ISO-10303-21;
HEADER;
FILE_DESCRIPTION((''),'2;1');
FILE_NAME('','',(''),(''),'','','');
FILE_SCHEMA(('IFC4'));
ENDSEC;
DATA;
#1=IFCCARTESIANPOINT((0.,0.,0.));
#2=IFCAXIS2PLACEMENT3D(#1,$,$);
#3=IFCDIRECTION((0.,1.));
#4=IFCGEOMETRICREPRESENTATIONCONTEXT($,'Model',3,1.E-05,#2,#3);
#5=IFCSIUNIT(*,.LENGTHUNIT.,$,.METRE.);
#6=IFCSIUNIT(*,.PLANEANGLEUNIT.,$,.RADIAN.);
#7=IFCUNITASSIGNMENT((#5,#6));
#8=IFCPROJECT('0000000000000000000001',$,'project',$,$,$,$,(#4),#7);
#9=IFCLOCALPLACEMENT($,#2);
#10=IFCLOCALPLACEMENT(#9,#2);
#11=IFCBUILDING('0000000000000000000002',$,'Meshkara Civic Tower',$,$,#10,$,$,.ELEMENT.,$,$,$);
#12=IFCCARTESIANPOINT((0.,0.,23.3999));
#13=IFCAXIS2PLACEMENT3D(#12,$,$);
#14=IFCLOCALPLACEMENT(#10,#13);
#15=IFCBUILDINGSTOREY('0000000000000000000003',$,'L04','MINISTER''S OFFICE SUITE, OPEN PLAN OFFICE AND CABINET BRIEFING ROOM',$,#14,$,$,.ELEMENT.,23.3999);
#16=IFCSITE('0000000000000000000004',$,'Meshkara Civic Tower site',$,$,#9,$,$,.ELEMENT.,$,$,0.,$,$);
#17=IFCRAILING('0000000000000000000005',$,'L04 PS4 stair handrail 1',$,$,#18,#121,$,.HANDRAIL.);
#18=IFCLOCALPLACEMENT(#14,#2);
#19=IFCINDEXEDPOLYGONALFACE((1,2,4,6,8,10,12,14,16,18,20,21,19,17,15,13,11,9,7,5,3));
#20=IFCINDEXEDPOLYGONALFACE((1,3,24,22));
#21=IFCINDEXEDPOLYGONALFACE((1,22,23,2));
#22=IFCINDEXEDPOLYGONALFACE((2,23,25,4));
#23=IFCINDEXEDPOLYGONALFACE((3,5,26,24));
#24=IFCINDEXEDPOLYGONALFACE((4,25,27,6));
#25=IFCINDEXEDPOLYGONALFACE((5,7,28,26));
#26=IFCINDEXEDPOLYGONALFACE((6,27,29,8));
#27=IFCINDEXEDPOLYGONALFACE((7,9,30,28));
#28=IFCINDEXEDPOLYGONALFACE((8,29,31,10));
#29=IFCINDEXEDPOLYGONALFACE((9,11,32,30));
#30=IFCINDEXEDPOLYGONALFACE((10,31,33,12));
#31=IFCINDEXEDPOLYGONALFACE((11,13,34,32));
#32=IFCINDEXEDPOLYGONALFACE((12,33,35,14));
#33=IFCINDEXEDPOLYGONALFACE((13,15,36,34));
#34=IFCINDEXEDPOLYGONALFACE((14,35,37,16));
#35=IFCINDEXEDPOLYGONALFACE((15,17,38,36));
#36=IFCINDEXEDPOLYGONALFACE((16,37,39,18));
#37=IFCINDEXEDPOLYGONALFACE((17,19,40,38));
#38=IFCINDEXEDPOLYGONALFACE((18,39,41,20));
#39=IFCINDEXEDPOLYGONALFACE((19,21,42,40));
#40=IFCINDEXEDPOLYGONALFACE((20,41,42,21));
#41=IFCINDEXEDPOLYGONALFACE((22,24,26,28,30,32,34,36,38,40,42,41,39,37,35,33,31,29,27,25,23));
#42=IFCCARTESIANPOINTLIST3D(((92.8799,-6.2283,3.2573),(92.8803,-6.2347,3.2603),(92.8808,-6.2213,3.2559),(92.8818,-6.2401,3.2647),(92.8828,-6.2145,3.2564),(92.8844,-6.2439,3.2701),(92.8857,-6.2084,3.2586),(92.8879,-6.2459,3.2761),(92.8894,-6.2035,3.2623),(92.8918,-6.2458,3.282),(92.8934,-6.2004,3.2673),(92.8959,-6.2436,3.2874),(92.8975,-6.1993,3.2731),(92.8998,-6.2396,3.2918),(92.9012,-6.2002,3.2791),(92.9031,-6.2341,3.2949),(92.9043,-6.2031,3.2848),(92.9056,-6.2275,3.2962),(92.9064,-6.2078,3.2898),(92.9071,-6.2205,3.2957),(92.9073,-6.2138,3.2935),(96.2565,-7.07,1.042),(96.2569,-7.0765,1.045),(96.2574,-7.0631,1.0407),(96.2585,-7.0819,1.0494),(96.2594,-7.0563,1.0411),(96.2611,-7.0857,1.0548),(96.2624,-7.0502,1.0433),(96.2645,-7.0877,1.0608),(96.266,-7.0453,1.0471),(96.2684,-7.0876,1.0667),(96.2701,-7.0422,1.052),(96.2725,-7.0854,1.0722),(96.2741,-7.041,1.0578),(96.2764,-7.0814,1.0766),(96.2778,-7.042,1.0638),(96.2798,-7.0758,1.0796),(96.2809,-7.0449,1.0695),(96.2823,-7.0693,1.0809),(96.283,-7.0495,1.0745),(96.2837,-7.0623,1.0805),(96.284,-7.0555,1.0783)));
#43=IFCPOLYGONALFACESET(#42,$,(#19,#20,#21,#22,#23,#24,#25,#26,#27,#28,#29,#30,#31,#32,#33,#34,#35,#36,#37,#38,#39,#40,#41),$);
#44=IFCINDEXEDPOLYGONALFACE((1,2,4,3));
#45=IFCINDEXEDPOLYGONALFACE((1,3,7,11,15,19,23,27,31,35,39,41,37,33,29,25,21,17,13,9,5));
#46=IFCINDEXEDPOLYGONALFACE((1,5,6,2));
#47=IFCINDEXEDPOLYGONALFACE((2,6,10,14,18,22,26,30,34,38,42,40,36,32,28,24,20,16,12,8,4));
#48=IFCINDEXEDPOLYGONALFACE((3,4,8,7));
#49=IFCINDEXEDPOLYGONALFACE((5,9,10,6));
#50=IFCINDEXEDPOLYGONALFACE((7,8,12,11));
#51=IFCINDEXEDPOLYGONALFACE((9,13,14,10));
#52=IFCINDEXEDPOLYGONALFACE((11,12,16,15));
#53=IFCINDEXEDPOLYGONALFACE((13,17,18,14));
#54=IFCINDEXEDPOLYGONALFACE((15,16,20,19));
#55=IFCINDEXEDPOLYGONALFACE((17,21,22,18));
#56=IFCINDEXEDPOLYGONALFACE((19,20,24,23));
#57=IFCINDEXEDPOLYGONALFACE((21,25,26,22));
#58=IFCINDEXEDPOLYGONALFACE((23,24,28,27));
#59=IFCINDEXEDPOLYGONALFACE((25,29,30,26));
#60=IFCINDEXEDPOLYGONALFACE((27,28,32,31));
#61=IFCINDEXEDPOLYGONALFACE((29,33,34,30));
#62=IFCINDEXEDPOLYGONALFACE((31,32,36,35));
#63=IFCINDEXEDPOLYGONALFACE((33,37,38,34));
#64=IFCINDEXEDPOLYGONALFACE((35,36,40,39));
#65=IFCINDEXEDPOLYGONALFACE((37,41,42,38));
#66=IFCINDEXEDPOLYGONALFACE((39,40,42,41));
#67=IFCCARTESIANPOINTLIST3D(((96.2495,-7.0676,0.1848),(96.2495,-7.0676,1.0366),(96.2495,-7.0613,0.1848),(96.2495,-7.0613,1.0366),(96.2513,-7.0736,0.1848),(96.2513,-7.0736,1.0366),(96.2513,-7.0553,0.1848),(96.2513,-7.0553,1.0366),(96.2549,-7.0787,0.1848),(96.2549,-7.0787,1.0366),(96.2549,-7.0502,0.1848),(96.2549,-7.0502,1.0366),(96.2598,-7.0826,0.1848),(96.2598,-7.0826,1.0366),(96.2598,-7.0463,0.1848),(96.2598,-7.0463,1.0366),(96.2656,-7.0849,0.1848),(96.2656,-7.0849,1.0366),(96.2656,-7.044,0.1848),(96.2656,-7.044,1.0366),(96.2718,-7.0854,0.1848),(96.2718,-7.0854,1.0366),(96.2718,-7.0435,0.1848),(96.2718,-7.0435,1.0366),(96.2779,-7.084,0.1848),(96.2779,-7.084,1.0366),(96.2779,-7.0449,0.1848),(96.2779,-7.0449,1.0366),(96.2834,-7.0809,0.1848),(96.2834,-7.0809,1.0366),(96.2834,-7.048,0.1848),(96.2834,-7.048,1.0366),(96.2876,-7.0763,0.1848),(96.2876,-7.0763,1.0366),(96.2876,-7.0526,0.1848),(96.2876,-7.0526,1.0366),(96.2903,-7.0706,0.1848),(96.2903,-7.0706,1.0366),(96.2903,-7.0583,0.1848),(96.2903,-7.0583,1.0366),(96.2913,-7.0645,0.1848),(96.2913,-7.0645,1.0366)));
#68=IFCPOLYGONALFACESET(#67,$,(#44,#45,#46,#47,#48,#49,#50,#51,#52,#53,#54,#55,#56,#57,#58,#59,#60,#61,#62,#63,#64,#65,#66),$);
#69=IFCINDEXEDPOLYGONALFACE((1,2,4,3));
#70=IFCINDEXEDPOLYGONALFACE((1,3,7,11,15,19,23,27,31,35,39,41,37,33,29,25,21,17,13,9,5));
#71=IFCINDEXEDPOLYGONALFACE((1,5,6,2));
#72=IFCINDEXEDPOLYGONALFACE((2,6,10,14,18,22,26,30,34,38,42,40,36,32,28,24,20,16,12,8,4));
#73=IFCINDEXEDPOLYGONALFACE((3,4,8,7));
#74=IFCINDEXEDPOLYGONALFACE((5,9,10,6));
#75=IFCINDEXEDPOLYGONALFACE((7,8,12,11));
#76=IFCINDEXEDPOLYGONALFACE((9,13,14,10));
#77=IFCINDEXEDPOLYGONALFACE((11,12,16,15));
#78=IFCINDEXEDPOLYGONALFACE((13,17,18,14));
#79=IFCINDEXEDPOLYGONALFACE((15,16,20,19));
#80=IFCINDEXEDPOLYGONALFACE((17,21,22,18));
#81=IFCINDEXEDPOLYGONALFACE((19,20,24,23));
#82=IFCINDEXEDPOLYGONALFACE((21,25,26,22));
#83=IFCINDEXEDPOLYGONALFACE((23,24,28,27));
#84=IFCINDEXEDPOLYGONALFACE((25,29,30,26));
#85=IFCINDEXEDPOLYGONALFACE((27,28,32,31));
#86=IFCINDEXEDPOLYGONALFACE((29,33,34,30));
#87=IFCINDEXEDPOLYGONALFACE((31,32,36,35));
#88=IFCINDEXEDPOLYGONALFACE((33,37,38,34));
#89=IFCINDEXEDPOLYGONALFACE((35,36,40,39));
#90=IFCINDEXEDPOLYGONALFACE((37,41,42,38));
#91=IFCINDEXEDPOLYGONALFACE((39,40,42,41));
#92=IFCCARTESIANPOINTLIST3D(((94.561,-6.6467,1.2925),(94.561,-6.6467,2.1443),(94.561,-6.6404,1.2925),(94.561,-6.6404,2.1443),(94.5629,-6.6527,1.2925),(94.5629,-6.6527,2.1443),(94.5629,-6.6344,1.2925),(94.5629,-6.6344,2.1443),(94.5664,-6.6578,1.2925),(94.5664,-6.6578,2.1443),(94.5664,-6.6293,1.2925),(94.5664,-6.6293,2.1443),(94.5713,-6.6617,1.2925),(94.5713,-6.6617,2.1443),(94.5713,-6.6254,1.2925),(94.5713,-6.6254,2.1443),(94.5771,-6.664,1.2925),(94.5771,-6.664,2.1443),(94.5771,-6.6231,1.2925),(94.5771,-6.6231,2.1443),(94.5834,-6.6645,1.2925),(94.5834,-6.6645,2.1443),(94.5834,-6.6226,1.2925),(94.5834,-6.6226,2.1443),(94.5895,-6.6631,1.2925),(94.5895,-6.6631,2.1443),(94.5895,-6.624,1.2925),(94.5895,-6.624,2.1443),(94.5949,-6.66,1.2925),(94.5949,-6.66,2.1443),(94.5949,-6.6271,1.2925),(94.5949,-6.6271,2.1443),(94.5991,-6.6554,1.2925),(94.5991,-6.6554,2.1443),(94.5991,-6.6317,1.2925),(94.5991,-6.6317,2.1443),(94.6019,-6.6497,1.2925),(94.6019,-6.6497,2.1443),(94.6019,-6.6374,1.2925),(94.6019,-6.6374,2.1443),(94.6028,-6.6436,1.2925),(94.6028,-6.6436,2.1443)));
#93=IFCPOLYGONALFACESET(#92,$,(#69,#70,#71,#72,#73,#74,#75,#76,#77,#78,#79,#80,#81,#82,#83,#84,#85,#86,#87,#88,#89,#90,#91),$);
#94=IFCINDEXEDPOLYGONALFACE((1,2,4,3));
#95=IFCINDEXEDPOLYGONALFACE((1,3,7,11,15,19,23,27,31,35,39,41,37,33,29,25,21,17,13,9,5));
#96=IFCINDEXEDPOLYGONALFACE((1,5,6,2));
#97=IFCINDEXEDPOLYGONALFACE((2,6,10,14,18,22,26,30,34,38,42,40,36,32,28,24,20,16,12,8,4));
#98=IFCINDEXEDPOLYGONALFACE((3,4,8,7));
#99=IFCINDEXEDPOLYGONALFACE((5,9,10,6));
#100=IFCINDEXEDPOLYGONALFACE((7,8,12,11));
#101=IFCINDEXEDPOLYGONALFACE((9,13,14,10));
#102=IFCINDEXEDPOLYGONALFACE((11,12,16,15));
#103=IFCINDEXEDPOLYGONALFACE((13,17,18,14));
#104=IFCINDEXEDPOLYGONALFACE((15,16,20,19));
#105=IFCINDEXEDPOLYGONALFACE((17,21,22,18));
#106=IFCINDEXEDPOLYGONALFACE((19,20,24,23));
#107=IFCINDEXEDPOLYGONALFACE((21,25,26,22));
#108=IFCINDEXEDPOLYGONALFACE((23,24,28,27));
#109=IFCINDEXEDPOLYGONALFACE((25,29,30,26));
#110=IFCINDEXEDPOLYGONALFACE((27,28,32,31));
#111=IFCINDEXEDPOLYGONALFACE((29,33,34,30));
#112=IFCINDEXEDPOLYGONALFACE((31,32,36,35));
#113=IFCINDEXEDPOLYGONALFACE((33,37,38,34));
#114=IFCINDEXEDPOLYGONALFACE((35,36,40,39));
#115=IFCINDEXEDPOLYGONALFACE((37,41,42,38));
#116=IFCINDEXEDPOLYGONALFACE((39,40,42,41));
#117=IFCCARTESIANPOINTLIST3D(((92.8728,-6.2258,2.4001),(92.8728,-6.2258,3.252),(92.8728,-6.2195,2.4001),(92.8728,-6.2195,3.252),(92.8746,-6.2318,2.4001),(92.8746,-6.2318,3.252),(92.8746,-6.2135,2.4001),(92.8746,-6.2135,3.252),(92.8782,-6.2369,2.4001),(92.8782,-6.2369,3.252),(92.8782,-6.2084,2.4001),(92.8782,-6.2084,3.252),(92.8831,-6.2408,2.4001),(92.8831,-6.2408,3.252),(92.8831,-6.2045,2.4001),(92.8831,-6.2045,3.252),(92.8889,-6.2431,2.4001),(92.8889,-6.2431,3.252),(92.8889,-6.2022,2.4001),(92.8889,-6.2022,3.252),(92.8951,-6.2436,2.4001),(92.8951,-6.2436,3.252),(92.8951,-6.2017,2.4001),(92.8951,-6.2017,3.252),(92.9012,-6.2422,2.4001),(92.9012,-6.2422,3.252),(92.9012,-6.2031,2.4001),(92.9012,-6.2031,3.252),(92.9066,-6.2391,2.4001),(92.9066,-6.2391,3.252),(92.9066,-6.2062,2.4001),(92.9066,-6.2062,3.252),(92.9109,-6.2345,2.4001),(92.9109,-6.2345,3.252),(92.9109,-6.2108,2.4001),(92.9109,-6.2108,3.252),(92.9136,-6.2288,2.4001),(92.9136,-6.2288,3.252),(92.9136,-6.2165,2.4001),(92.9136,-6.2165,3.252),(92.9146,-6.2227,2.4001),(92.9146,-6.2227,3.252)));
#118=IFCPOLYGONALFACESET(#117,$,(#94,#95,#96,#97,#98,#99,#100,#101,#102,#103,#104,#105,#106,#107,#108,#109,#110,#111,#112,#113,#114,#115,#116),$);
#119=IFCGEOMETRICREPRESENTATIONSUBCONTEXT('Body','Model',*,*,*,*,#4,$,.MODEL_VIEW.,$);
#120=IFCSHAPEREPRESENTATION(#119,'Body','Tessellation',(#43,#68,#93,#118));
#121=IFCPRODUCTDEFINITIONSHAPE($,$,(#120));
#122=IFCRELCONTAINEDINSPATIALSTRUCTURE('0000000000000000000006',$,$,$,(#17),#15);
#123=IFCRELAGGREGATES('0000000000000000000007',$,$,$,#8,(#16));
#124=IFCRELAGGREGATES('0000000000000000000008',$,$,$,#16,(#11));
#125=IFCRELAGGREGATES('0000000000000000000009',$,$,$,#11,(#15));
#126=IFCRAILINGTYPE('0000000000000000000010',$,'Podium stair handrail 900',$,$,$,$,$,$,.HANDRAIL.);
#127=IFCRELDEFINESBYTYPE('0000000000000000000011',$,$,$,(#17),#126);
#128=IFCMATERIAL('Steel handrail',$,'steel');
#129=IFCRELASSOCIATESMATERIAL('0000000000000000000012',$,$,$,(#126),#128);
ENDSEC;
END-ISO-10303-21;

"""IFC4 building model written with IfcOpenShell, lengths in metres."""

from ifc_helpers import new_model, si_unit, direction, frame, origin, origin_2d, place, context, subcontext, project, spatial, circle, extrude, material, type_object, element, save


model = new_model("IFC4")

# Units and contexts
model_context = context("Model", 3, precision=1e-05, world=origin(), true_north=direction((0.0, 1.0)))
body_context = subcontext(model_context, "Body", "Model", "MODEL_VIEW")
ifc_project = project(units=[si_unit("LENGTHUNIT", "METRE"), si_unit("PLANEANGLEUNIT", "RADIAN")], contexts=[model_context])

# Site, building, storey
site_placement = place(None, origin())
site = spatial("IfcSite", under=ifc_project, at=site_placement, Name="Meshkara Civic Tower site", CompositionType="ELEMENT", RefElevation=0.0)
building_placement = place(site_placement, origin())
building = spatial("IfcBuilding", under=site, at=building_placement, Name="Meshkara Civic Tower", CompositionType="ELEMENT")
storey_placement = place(building_placement, frame((0.0, 0.0, 23.3999)))
storey = spatial("IfcBuildingStorey", under=building, at=storey_placement, Name="L04", Description="MINISTER'S OFFICE SUITE, OPEN PLAN OFFICE AND CABINET BRIEFING ROOM", CompositionType="ELEMENT", Elevation=23.3999)

# Railing
ifc_material_1 = material(Name="Steel handrail", Category="steel")
railing_type_1 = type_object("IfcRailingType", Name="Podium stair handrail 900", PredefinedType="HANDRAIL", material=ifc_material_1)
railing_1_placement = place(storey_placement, frame((96.2703, -7.0645, 0.1848)))
element("IfcRailing", 1, at=railing_1_placement, inside=storey, type_object=railing_type_1, Name="L04 PS4 stair handrail 1", PredefinedType="HANDRAIL", context=body_context, shape_type="SweptSolid", body=[
    extrude(circle(Radius=0.0239, at=origin_2d()), frame((0.0, 0.0, 0.876), z_axis=(-0.818527, 0.204055, 0.537005), x_axis=(-0.241892, -0.970303, 0.0)), (0.0, 0.0, 1.0), 4.1252),
    extrude(circle(Radius=0.021, at=origin_2d()), origin(), (0.0, 0.0, 1.0), 0.8518),
    extrude(circle(Radius=0.021, at=origin_2d()), frame((-1.6885, 0.4209, 1.1077)), (0.0, 0.0, 1.0), 0.8518),
    extrude(circle(Radius=0.021, at=origin_2d()), frame((-3.3767, 0.8418, 2.2153)), (0.0, 0.0, 1.0), 0.8518),
])

save(model, "model.ifc")
